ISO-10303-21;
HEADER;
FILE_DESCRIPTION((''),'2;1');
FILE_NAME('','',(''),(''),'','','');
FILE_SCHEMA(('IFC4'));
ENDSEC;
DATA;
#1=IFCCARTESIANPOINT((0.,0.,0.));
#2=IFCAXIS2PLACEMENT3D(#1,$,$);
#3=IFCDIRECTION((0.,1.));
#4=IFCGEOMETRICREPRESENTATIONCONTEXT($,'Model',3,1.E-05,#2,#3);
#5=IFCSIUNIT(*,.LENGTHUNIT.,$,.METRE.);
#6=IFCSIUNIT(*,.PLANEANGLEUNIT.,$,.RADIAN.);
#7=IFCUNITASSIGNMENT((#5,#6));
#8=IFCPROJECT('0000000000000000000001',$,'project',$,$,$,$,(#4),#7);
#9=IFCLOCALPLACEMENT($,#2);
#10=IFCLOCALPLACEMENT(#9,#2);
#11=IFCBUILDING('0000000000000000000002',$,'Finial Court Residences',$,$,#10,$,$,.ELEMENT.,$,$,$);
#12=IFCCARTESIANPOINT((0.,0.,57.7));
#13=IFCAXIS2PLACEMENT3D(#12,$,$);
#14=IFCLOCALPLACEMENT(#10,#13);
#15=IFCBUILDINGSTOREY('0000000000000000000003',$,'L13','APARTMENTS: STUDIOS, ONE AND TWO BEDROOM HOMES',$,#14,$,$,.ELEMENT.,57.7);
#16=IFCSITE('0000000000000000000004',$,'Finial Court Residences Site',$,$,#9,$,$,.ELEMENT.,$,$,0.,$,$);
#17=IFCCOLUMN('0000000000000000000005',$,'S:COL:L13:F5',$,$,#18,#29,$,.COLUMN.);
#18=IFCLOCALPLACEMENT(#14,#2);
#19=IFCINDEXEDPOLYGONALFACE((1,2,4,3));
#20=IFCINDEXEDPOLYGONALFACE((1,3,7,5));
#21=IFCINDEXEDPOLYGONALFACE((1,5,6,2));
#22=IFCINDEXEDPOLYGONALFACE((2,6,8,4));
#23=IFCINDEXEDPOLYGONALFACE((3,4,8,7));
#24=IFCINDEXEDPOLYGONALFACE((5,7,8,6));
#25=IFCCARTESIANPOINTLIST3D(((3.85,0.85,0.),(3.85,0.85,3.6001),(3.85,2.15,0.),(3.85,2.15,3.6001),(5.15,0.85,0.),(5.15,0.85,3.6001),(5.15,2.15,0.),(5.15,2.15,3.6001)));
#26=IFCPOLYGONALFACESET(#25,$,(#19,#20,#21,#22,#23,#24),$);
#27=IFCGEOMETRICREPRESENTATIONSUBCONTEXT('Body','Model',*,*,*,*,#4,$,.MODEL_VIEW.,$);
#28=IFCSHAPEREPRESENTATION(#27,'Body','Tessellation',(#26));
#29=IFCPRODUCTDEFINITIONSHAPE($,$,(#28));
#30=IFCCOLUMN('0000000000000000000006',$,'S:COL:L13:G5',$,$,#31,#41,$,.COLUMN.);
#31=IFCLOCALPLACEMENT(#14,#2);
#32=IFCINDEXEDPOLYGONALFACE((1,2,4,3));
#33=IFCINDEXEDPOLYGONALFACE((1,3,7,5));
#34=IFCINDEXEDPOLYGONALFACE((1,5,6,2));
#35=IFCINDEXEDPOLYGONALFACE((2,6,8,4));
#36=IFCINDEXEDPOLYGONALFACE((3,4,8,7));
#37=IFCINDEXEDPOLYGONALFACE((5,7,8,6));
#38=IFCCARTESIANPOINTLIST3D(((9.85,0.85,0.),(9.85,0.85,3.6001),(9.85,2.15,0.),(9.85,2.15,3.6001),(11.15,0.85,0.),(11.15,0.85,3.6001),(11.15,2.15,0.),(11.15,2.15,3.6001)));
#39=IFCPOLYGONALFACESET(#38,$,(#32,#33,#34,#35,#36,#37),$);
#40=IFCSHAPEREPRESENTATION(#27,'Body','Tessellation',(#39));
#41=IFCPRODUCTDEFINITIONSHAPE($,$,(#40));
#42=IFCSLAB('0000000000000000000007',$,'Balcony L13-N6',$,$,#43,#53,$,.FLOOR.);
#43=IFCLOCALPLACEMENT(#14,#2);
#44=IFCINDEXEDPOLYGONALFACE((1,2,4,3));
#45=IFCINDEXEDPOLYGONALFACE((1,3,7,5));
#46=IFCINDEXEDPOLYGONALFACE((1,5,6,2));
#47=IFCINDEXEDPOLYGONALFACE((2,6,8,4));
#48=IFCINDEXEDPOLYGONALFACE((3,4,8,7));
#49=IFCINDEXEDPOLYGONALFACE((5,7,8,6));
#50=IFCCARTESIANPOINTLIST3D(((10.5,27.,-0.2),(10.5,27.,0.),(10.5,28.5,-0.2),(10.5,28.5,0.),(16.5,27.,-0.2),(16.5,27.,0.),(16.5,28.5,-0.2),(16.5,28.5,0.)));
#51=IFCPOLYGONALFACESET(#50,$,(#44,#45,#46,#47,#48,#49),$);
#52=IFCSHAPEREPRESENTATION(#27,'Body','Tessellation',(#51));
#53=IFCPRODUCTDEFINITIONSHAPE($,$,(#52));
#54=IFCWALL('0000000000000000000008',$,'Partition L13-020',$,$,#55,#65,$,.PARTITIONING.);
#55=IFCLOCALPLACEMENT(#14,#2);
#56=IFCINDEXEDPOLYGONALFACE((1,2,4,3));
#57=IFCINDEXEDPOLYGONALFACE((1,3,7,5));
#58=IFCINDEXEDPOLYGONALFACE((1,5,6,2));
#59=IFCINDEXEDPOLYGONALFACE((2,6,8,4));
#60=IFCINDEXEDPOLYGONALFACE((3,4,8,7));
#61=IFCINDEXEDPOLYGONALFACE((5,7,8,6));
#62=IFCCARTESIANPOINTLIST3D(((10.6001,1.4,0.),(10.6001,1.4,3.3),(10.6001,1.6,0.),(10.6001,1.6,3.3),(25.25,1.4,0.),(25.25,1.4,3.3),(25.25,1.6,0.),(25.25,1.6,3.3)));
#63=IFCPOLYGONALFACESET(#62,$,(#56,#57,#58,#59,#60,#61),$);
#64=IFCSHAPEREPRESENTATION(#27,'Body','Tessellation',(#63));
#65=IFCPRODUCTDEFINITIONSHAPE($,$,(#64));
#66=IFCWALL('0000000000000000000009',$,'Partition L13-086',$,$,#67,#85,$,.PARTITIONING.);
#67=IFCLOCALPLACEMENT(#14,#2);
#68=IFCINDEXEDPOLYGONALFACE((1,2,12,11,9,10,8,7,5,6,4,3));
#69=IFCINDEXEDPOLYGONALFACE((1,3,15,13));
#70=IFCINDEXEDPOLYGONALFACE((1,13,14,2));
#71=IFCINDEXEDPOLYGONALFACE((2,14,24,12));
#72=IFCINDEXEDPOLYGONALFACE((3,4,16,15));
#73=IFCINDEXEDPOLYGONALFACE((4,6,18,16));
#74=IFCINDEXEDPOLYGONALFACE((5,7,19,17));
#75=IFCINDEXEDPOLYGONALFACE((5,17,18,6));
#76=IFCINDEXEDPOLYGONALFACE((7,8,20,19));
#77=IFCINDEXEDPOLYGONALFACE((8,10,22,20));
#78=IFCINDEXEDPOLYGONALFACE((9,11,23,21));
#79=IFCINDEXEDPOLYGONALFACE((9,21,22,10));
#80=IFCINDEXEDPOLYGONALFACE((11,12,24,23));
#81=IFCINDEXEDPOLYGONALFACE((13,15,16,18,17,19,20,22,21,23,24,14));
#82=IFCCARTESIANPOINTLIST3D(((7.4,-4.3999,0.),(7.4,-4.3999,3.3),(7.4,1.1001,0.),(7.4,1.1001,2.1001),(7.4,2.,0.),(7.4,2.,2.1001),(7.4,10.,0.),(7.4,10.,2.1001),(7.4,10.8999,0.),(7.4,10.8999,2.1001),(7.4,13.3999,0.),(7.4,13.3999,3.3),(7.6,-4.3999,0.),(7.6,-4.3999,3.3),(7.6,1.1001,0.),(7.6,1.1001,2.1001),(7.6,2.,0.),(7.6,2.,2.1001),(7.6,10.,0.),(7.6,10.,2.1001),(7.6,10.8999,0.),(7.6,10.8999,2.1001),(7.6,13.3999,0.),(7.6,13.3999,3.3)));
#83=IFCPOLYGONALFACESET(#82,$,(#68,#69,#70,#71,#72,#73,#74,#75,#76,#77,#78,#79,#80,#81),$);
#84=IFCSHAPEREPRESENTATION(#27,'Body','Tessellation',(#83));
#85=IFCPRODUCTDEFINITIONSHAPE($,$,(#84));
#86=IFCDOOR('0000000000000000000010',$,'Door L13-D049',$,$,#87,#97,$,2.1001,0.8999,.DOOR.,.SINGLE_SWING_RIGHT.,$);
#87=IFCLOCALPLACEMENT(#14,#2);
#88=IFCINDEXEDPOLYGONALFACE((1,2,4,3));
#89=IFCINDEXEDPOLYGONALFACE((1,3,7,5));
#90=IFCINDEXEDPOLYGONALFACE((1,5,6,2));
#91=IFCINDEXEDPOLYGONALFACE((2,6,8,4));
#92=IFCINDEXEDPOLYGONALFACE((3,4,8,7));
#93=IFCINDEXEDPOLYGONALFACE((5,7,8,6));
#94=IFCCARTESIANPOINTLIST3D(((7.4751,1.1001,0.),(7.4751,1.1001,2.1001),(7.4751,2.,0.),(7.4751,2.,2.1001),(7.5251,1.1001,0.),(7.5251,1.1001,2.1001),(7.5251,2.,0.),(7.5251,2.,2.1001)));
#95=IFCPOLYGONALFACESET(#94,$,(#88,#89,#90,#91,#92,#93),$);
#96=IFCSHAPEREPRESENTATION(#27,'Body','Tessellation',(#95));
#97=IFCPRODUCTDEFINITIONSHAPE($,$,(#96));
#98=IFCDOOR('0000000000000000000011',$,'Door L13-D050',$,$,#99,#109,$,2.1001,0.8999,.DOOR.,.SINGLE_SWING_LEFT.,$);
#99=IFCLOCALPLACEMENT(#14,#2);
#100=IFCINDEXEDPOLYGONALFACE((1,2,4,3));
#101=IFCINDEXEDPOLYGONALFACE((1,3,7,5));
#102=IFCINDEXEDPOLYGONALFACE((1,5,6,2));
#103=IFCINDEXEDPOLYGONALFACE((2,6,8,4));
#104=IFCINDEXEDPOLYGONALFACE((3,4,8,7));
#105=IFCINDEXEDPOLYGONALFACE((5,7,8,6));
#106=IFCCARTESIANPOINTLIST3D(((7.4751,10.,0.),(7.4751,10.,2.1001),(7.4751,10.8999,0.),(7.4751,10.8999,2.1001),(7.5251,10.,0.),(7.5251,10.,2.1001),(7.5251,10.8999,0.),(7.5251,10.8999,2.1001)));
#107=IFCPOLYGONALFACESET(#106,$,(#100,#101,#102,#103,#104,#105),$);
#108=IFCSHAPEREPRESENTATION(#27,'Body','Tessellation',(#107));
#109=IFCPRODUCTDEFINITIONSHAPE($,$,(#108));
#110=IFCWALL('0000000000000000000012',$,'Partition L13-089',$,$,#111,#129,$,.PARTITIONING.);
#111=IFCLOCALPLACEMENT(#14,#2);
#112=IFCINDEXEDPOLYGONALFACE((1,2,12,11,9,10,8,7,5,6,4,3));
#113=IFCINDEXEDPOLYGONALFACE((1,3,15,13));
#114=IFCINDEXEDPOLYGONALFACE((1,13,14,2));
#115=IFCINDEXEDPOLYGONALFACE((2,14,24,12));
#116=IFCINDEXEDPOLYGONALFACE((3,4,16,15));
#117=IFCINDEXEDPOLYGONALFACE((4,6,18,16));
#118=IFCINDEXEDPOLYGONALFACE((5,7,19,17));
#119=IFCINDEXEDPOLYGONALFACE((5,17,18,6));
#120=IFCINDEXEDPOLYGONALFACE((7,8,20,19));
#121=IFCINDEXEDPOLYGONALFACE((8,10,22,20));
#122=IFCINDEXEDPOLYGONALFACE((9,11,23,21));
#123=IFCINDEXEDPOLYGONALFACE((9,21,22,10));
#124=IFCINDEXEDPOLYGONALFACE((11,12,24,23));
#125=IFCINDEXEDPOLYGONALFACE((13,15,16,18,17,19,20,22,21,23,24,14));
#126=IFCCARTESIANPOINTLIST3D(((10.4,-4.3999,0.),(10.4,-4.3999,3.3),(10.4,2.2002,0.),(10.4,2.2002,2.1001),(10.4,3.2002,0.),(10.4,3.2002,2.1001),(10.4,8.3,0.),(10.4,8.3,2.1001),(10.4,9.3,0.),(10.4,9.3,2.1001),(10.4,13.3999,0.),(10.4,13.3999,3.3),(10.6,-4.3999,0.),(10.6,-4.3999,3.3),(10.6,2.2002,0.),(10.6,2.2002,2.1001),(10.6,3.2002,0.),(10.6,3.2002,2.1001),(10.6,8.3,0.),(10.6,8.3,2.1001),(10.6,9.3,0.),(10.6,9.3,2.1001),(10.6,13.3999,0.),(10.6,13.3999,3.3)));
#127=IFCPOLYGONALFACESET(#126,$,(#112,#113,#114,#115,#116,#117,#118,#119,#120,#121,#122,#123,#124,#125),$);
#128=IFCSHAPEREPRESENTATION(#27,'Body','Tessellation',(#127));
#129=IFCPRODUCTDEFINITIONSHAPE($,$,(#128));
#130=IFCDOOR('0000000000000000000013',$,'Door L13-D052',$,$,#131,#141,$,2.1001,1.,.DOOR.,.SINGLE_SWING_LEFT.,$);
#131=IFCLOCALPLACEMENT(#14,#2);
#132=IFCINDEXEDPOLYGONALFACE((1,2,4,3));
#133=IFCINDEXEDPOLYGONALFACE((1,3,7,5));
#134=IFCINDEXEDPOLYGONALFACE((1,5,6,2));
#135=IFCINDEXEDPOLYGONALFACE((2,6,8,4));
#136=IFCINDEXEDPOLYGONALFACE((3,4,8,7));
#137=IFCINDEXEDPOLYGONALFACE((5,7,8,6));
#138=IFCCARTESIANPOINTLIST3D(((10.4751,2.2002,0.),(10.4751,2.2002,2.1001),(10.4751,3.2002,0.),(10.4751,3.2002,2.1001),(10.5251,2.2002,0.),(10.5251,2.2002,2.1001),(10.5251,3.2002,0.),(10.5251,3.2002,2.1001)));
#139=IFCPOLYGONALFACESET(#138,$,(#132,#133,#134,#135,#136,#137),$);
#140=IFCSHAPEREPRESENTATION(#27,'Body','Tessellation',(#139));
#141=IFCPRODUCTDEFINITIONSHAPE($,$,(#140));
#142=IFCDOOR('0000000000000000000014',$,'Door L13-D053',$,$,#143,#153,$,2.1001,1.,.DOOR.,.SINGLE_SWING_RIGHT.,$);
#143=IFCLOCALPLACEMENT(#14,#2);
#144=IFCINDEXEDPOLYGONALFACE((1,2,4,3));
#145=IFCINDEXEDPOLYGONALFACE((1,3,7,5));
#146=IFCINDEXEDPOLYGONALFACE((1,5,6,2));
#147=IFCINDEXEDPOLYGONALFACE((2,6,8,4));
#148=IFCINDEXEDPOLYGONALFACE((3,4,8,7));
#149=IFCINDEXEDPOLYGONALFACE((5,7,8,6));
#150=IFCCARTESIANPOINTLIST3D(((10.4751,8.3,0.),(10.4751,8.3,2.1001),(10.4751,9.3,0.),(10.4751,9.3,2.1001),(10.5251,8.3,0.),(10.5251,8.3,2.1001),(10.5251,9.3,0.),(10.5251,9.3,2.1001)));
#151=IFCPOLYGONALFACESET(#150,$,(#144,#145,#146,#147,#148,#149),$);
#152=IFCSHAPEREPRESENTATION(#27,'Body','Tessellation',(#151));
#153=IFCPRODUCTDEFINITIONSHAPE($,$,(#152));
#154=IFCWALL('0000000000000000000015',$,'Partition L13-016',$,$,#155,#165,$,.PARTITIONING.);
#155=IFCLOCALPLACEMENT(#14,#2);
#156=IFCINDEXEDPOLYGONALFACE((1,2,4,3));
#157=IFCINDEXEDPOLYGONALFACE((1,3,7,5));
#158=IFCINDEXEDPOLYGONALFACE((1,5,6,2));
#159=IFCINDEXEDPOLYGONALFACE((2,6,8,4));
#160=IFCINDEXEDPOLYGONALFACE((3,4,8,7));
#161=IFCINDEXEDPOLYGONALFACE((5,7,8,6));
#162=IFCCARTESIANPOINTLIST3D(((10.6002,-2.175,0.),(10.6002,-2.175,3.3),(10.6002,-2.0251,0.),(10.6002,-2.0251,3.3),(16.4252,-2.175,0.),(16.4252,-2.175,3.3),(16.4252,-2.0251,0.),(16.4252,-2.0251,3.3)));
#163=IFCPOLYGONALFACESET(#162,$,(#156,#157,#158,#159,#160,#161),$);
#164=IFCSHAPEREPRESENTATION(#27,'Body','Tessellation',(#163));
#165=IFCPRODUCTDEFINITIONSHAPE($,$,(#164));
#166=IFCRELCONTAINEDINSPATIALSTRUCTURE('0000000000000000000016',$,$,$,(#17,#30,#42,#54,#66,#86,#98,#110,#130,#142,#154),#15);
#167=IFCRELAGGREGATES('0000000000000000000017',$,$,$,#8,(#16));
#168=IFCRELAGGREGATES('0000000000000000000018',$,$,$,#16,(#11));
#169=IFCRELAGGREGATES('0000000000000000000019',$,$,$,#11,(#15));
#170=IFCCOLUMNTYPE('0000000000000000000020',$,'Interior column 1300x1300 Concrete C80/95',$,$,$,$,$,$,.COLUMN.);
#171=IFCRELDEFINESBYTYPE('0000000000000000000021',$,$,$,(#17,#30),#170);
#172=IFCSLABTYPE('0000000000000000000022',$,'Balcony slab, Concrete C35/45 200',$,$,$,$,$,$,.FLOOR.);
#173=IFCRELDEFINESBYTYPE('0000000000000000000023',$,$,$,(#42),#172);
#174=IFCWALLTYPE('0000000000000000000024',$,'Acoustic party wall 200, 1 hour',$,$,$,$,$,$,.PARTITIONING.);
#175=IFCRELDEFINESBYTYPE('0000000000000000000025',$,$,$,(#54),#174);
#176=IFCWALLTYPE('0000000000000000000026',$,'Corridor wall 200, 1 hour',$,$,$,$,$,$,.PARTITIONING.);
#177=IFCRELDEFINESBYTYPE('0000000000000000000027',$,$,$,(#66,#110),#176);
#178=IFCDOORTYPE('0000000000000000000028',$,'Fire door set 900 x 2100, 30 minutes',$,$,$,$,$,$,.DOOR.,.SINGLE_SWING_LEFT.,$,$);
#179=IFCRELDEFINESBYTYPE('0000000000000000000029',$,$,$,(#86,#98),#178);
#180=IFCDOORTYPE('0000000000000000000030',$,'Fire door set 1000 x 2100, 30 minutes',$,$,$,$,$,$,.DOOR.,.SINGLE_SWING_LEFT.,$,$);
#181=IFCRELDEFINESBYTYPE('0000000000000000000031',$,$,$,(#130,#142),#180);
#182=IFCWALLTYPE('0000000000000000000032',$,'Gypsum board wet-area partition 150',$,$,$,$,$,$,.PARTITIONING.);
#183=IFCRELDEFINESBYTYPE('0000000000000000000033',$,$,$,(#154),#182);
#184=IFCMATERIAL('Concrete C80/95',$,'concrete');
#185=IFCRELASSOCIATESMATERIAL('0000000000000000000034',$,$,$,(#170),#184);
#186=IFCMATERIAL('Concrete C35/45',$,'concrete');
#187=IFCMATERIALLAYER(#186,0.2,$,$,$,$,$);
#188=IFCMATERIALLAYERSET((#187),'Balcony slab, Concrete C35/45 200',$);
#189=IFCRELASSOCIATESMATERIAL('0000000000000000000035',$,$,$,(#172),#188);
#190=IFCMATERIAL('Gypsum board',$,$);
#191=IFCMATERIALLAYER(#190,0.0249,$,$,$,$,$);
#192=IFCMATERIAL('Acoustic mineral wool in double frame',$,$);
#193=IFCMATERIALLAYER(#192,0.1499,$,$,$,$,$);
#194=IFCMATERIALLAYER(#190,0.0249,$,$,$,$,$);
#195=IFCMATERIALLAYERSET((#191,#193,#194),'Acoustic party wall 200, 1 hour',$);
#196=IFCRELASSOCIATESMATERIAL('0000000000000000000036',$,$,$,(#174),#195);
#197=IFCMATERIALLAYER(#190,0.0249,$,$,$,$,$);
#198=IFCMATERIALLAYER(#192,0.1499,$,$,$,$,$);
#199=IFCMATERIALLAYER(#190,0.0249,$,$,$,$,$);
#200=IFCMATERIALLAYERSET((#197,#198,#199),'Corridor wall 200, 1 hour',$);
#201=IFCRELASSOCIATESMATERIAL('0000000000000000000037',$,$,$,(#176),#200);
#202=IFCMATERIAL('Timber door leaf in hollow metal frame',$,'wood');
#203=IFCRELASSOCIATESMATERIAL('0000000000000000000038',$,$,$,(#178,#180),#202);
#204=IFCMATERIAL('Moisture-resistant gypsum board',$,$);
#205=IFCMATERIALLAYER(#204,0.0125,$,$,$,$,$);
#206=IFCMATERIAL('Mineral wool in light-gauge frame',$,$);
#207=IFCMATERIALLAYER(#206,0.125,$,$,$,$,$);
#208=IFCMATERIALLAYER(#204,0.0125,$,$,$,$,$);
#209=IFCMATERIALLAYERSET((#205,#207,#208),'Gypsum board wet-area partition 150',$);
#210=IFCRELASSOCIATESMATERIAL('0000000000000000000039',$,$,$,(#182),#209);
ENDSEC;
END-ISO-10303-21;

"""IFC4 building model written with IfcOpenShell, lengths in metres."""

from ifc_helpers import new_model, si_unit, direction, frame, frame_2d, origin, origin_2d, place, context, subcontext, project, spatial, polyline, rectangle, outline, extrude, material, layer, layer_set, material_profile, profile_set, type_object, element, fill, save


model = new_model("IFC4")

# Units and contexts
model_context = context("Model", 3, precision=1e-05, world=origin(), true_north=direction((0.0, 1.0)))
body_context = subcontext(model_context, "Body", "Model", "MODEL_VIEW")
ifc_project = project(units=[si_unit("LENGTHUNIT", "METRE"), si_unit("PLANEANGLEUNIT", "RADIAN")], contexts=[model_context])

# Site, building, storey
site_placement = place(None, origin())
site = spatial("IfcSite", under=ifc_project, at=site_placement, Name="Finial Court Residences Site", CompositionType="ELEMENT", RefElevation=0.0)
building_placement = place(site_placement, origin())
building = spatial("IfcBuilding", under=site, at=building_placement, Name="Finial Court Residences", CompositionType="ELEMENT")
storey_placement = place(building_placement, frame((0.0, 0.0, 57.7)))
storey = spatial("IfcBuildingStorey", under=building, at=storey_placement, Name="L13", Description="APARTMENTS: STUDIOS, ONE AND TWO BEDROOM HOMES", CompositionType="ELEMENT", Elevation=57.7)

# Columns
ifc_material_1 = material(Name="Concrete C80/95", Category="concrete")
ifc_material_profile = material_profile(ifc_material_1, rectangle(XDim=1.3, YDim=1.3, at=origin_2d()), Name="1300x1300")
ifc_profile_set = profile_set([ifc_material_profile], Name="Concrete C80/95")
column_type = type_object("IfcColumnType", Name="Interior column 1300x1300 Concrete C80/95", PredefinedType="COLUMN", material=ifc_profile_set)
for number, where, z_axis, x_axis, name in (
    (1, (4.5, 1.5, 0.0), (0.0, 0.0, 1.0), (1.0, 0.0, 0.0), "S:COL:L13:F5"),
    (2, (10.5, 1.5, 0.0), (0.0, 0.0, 1.0), (1.0, 0.0, 0.0), "S:COL:L13:G5"),
):
    element("IfcColumn", number, at=place(storey_placement, frame(where, z_axis=z_axis, x_axis=x_axis)), inside=storey, type_object=column_type, Name=name, PredefinedType="COLUMN", context=body_context, shape_type="SweptSolid", body=[
        extrude(rectangle(XDim=1.3, YDim=1.3, at=origin_2d()), origin(), (0.0, 0.0, 1.0), 3.6001),
    ])

# Slab
ifc_material_2 = material(Name="Concrete C35/45", Category="concrete")
ifc_layer_1 = layer(ifc_material_2, 0.2)
ifc_layer_set_1 = layer_set([ifc_layer_1], Name="Balcony slab, Concrete C35/45 200")
slab_type = type_object("IfcSlabType", Name="Balcony slab, Concrete C35/45 200", PredefinedType="FLOOR", material=ifc_layer_set_1)
slab_placement = place(storey_placement, frame((0.0, 0.0, -0.2)))
element("IfcSlab", 3, at=slab_placement, inside=storey, type_object=slab_type, Name="Balcony L13-N6", PredefinedType="FLOOR", context=body_context, shape_type="SweptSolid", body=[
    extrude(outline(polyline([(16.5, 27.0), (16.5, 28.5), (10.5, 28.5), (10.5, 27.0), (16.5, 27.0)])), origin(), (0.0, 0.0, 1.0), 0.2),
])

# Wall
ifc_material_3 = material(Name="Gypsum board")
ifc_layer_2 = layer(ifc_material_3, 0.0249)
ifc_material_4 = material(Name="Acoustic mineral wool in double frame")
ifc_layer_3 = layer(ifc_material_4, 0.1499)
ifc_layer_4 = layer(ifc_material_3, 0.0249)
ifc_layer_set_2 = layer_set([ifc_layer_2, ifc_layer_3, ifc_layer_4], Name="Acoustic party wall 200, 1 hour")
wall_type_1 = type_object("IfcWallType", Name="Acoustic party wall 200, 1 hour", PredefinedType="PARTITIONING", material=ifc_layer_set_2)
wall_1_placement = place(storey_placement, frame((10.6001, 1.5, 0.0), z_axis=(0.0, 0.0, 1.0), x_axis=(1.0, 0.0, 0.0)))
element("IfcWall", 4, at=wall_1_placement, inside=storey, type_object=wall_type_1, Name="Partition L13-020", PredefinedType="PARTITIONING", context=body_context, shape_type="SweptSolid", body=[
    extrude(rectangle(XDim=14.6499, YDim=0.2, at=frame_2d((7.325, 0.0))), origin(), (0.0, 0.0, 1.0), 3.3),
])

# Walls, openings, doors
ifc_layer_5 = layer(ifc_material_3, 0.0249)
ifc_layer_6 = layer(ifc_material_4, 0.1499)
ifc_layer_7 = layer(ifc_material_3, 0.0249)
ifc_layer_set_3 = layer_set([ifc_layer_5, ifc_layer_6, ifc_layer_7], Name="Corridor wall 200, 1 hour")
wall_type_2 = type_object("IfcWallType", Name="Corridor wall 200, 1 hour", PredefinedType="PARTITIONING", material=ifc_layer_set_3)
wall_2_placement = place(storey_placement, frame((7.5, -4.3999, 0.0), z_axis=(0.0, 0.0, 1.0), x_axis=(0.0, 1.0, 0.0)))
wall_2 = element("IfcWall", 5, at=wall_2_placement, inside=storey, type_object=wall_type_2, Name="Partition L13-086", PredefinedType="PARTITIONING", context=body_context, shape_type="SweptSolid", body=[
    extrude(rectangle(XDim=17.7998, YDim=0.2, at=frame_2d((8.8999, 0.0))), origin(), (0.0, 0.0, 1.0), 3.3),
])
opening_1_placement = place(wall_2_placement, frame((5.5, 0.0, 0.0)))
opening_1 = element("IfcOpeningElement", 6, at=opening_1_placement, cuts=wall_2, PredefinedType="OPENING", context=body_context, shape_type="SweptSolid", body=[
    extrude(rectangle(XDim=0.8999, YDim=2.1001, at=frame_2d((0.45, 1.05))), frame((0.0, 0.1099, 0.0), z_axis=(0.0, -1.0, 0.0), x_axis=(1.0, 0.0, 0.0)), (0.0, 0.0, 1.0), 0.22),
])
opening_2_placement = place(wall_2_placement, frame((14.3999, 0.0, 0.0)))
opening_2 = element("IfcOpeningElement", 7, at=opening_2_placement, cuts=wall_2, PredefinedType="OPENING", context=body_context, shape_type="SweptSolid", body=[
    extrude(rectangle(XDim=0.8999, YDim=2.1001, at=frame_2d((0.45, 1.05))), frame((0.0, 0.1099, 0.0), z_axis=(0.0, -1.0, 0.0), x_axis=(1.0, 0.0, 0.0)), (0.0, 0.0, 1.0), 0.22),
])
ifc_material_5 = material(Name="Timber door leaf in hollow metal frame", Category="wood")
door_type_1 = type_object("IfcDoorType", Name="Fire door set 900 x 2100, 30 minutes", OperationType="SINGLE_SWING_LEFT", PredefinedType="DOOR", material=ifc_material_5)
door_1_placement = place(opening_1_placement, origin())
door_1 = element("IfcDoor", 8, at=door_1_placement, inside=storey, type_object=door_type_1, Name="Door L13-D049", OperationType="SINGLE_SWING_RIGHT", OverallHeight=2.1001, OverallWidth=0.8999, PredefinedType="DOOR", context=body_context, shape_type="SweptSolid", body=[
    extrude(rectangle(XDim=0.8999, YDim=2.1001, at=frame_2d((0.45, 1.05))), frame((0.0, 0.0249, 0.0), z_axis=(0.0, -1.0, 0.0), x_axis=(1.0, 0.0, 0.0)), (0.0, 0.0, 1.0), 0.05),
])
fill(opening_1, door_1)
door_2_placement = place(opening_2_placement, origin())
door_2 = element("IfcDoor", 9, at=door_2_placement, inside=storey, type_object=door_type_1, Name="Door L13-D050", OperationType="SINGLE_SWING_LEFT", OverallHeight=2.1001, OverallWidth=0.8999, PredefinedType="DOOR", context=body_context, shape_type="SweptSolid", body=[
    extrude(rectangle(XDim=0.8999, YDim=2.1001, at=frame_2d((0.45, 1.05))), frame((0.0, 0.0249, 0.0), z_axis=(0.0, -1.0, 0.0), x_axis=(1.0, 0.0, 0.0)), (0.0, 0.0, 1.0), 0.05),
])
fill(opening_2, door_2)
wall_3_placement = place(storey_placement, frame((10.5, -4.3999, 0.0), z_axis=(0.0, 0.0, 1.0), x_axis=(0.0, 1.0, 0.0)))
wall_3 = element("IfcWall", 10, at=wall_3_placement, inside=storey, type_object=wall_type_2, Name="Partition L13-089", PredefinedType="PARTITIONING", context=body_context, shape_type="SweptSolid", body=[
    extrude(rectangle(XDim=17.7998, YDim=0.2, at=frame_2d((8.8999, 0.0))), origin(), (0.0, 0.0, 1.0), 3.3),
])
opening_3_placement = place(wall_3_placement, frame((6.6001, 0.0, 0.0)))
opening_3 = element("IfcOpeningElement", 11, at=opening_3_placement, cuts=wall_3, PredefinedType="OPENING", context=body_context, shape_type="SweptSolid", body=[
    extrude(rectangle(XDim=1.0, YDim=2.1001, at=frame_2d((0.5, 1.05))), frame((0.0, 0.1099, 0.0), z_axis=(0.0, -1.0, 0.0), x_axis=(1.0, 0.0, 0.0)), (0.0, 0.0, 1.0), 0.22),
])
opening_4_placement = place(wall_3_placement, frame((12.7, 0.0, 0.0)))
opening_4 = element("IfcOpeningElement", 12, at=opening_4_placement, cuts=wall_3, PredefinedType="OPENING", context=body_context, shape_type="SweptSolid", body=[
    extrude(rectangle(XDim=1.0, YDim=2.1001, at=frame_2d((0.5, 1.05))), frame((0.0, 0.1099, 0.0), z_axis=(0.0, -1.0, 0.0), x_axis=(1.0, 0.0, 0.0)), (0.0, 0.0, 1.0), 0.22),
])
door_type_2 = type_object("IfcDoorType", Name="Fire door set 1000 x 2100, 30 minutes", OperationType="SINGLE_SWING_LEFT", PredefinedType="DOOR", material=ifc_material_5)
door_3_placement = place(opening_3_placement, origin())
door_3 = element("IfcDoor", 13, at=door_3_placement, inside=storey, type_object=door_type_2, Name="Door L13-D052", OperationType="SINGLE_SWING_LEFT", OverallHeight=2.1001, OverallWidth=1.0, PredefinedType="DOOR", context=body_context, shape_type="SweptSolid", body=[
    extrude(rectangle(XDim=1.0, YDim=2.1001, at=frame_2d((0.5, 1.05))), frame((0.0, 0.0249, 0.0), z_axis=(0.0, -1.0, 0.0), x_axis=(1.0, 0.0, 0.0)), (0.0, 0.0, 1.0), 0.05),
])
fill(opening_3, door_3)
door_4_placement = place(opening_4_placement, origin())
door_4 = element("IfcDoor", 14, at=door_4_placement, inside=storey, type_object=door_type_2, Name="Door L13-D053", OperationType="SINGLE_SWING_RIGHT", OverallHeight=2.1001, OverallWidth=1.0, PredefinedType="DOOR", context=body_context, shape_type="SweptSolid", body=[
    extrude(rectangle(XDim=1.0, YDim=2.1001, at=frame_2d((0.5, 1.05))), frame((0.0, 0.0249, 0.0), z_axis=(0.0, -1.0, 0.0), x_axis=(1.0, 0.0, 0.0)), (0.0, 0.0, 1.0), 0.05),
])
fill(opening_4, door_4)

# Wall
ifc_material_6 = material(Name="Moisture-resistant gypsum board")
ifc_layer_8 = layer(ifc_material_6, 0.0125)
ifc_material_7 = material(Name="Mineral wool in light-gauge frame")
ifc_layer_9 = layer(ifc_material_7, 0.125)
ifc_layer_10 = layer(ifc_material_6, 0.0125)
ifc_layer_set_4 = layer_set([ifc_layer_8, ifc_layer_9, ifc_layer_10], Name="Gypsum board wet-area partition 150")
wall_type_3 = type_object("IfcWallType", Name="Gypsum board wet-area partition 150", PredefinedType="PARTITIONING", material=ifc_layer_set_4)
wall_4_placement = place(storey_placement, frame((10.6001, -2.1001, 0.0), z_axis=(0.0, 0.0, 1.0), x_axis=(1.0, 0.0, 0.0)))
element("IfcWall", 15, at=wall_4_placement, inside=storey, type_object=wall_type_3, Name="Partition L13-016", PredefinedType="PARTITIONING", context=body_context, shape_type="SweptSolid", body=[
    extrude(rectangle(XDim=5.825, YDim=0.1499, at=frame_2d((2.9126, 0.0))), origin(), (0.0, 0.0, 1.0), 3.3),
])

save(model, "model.ifc")
